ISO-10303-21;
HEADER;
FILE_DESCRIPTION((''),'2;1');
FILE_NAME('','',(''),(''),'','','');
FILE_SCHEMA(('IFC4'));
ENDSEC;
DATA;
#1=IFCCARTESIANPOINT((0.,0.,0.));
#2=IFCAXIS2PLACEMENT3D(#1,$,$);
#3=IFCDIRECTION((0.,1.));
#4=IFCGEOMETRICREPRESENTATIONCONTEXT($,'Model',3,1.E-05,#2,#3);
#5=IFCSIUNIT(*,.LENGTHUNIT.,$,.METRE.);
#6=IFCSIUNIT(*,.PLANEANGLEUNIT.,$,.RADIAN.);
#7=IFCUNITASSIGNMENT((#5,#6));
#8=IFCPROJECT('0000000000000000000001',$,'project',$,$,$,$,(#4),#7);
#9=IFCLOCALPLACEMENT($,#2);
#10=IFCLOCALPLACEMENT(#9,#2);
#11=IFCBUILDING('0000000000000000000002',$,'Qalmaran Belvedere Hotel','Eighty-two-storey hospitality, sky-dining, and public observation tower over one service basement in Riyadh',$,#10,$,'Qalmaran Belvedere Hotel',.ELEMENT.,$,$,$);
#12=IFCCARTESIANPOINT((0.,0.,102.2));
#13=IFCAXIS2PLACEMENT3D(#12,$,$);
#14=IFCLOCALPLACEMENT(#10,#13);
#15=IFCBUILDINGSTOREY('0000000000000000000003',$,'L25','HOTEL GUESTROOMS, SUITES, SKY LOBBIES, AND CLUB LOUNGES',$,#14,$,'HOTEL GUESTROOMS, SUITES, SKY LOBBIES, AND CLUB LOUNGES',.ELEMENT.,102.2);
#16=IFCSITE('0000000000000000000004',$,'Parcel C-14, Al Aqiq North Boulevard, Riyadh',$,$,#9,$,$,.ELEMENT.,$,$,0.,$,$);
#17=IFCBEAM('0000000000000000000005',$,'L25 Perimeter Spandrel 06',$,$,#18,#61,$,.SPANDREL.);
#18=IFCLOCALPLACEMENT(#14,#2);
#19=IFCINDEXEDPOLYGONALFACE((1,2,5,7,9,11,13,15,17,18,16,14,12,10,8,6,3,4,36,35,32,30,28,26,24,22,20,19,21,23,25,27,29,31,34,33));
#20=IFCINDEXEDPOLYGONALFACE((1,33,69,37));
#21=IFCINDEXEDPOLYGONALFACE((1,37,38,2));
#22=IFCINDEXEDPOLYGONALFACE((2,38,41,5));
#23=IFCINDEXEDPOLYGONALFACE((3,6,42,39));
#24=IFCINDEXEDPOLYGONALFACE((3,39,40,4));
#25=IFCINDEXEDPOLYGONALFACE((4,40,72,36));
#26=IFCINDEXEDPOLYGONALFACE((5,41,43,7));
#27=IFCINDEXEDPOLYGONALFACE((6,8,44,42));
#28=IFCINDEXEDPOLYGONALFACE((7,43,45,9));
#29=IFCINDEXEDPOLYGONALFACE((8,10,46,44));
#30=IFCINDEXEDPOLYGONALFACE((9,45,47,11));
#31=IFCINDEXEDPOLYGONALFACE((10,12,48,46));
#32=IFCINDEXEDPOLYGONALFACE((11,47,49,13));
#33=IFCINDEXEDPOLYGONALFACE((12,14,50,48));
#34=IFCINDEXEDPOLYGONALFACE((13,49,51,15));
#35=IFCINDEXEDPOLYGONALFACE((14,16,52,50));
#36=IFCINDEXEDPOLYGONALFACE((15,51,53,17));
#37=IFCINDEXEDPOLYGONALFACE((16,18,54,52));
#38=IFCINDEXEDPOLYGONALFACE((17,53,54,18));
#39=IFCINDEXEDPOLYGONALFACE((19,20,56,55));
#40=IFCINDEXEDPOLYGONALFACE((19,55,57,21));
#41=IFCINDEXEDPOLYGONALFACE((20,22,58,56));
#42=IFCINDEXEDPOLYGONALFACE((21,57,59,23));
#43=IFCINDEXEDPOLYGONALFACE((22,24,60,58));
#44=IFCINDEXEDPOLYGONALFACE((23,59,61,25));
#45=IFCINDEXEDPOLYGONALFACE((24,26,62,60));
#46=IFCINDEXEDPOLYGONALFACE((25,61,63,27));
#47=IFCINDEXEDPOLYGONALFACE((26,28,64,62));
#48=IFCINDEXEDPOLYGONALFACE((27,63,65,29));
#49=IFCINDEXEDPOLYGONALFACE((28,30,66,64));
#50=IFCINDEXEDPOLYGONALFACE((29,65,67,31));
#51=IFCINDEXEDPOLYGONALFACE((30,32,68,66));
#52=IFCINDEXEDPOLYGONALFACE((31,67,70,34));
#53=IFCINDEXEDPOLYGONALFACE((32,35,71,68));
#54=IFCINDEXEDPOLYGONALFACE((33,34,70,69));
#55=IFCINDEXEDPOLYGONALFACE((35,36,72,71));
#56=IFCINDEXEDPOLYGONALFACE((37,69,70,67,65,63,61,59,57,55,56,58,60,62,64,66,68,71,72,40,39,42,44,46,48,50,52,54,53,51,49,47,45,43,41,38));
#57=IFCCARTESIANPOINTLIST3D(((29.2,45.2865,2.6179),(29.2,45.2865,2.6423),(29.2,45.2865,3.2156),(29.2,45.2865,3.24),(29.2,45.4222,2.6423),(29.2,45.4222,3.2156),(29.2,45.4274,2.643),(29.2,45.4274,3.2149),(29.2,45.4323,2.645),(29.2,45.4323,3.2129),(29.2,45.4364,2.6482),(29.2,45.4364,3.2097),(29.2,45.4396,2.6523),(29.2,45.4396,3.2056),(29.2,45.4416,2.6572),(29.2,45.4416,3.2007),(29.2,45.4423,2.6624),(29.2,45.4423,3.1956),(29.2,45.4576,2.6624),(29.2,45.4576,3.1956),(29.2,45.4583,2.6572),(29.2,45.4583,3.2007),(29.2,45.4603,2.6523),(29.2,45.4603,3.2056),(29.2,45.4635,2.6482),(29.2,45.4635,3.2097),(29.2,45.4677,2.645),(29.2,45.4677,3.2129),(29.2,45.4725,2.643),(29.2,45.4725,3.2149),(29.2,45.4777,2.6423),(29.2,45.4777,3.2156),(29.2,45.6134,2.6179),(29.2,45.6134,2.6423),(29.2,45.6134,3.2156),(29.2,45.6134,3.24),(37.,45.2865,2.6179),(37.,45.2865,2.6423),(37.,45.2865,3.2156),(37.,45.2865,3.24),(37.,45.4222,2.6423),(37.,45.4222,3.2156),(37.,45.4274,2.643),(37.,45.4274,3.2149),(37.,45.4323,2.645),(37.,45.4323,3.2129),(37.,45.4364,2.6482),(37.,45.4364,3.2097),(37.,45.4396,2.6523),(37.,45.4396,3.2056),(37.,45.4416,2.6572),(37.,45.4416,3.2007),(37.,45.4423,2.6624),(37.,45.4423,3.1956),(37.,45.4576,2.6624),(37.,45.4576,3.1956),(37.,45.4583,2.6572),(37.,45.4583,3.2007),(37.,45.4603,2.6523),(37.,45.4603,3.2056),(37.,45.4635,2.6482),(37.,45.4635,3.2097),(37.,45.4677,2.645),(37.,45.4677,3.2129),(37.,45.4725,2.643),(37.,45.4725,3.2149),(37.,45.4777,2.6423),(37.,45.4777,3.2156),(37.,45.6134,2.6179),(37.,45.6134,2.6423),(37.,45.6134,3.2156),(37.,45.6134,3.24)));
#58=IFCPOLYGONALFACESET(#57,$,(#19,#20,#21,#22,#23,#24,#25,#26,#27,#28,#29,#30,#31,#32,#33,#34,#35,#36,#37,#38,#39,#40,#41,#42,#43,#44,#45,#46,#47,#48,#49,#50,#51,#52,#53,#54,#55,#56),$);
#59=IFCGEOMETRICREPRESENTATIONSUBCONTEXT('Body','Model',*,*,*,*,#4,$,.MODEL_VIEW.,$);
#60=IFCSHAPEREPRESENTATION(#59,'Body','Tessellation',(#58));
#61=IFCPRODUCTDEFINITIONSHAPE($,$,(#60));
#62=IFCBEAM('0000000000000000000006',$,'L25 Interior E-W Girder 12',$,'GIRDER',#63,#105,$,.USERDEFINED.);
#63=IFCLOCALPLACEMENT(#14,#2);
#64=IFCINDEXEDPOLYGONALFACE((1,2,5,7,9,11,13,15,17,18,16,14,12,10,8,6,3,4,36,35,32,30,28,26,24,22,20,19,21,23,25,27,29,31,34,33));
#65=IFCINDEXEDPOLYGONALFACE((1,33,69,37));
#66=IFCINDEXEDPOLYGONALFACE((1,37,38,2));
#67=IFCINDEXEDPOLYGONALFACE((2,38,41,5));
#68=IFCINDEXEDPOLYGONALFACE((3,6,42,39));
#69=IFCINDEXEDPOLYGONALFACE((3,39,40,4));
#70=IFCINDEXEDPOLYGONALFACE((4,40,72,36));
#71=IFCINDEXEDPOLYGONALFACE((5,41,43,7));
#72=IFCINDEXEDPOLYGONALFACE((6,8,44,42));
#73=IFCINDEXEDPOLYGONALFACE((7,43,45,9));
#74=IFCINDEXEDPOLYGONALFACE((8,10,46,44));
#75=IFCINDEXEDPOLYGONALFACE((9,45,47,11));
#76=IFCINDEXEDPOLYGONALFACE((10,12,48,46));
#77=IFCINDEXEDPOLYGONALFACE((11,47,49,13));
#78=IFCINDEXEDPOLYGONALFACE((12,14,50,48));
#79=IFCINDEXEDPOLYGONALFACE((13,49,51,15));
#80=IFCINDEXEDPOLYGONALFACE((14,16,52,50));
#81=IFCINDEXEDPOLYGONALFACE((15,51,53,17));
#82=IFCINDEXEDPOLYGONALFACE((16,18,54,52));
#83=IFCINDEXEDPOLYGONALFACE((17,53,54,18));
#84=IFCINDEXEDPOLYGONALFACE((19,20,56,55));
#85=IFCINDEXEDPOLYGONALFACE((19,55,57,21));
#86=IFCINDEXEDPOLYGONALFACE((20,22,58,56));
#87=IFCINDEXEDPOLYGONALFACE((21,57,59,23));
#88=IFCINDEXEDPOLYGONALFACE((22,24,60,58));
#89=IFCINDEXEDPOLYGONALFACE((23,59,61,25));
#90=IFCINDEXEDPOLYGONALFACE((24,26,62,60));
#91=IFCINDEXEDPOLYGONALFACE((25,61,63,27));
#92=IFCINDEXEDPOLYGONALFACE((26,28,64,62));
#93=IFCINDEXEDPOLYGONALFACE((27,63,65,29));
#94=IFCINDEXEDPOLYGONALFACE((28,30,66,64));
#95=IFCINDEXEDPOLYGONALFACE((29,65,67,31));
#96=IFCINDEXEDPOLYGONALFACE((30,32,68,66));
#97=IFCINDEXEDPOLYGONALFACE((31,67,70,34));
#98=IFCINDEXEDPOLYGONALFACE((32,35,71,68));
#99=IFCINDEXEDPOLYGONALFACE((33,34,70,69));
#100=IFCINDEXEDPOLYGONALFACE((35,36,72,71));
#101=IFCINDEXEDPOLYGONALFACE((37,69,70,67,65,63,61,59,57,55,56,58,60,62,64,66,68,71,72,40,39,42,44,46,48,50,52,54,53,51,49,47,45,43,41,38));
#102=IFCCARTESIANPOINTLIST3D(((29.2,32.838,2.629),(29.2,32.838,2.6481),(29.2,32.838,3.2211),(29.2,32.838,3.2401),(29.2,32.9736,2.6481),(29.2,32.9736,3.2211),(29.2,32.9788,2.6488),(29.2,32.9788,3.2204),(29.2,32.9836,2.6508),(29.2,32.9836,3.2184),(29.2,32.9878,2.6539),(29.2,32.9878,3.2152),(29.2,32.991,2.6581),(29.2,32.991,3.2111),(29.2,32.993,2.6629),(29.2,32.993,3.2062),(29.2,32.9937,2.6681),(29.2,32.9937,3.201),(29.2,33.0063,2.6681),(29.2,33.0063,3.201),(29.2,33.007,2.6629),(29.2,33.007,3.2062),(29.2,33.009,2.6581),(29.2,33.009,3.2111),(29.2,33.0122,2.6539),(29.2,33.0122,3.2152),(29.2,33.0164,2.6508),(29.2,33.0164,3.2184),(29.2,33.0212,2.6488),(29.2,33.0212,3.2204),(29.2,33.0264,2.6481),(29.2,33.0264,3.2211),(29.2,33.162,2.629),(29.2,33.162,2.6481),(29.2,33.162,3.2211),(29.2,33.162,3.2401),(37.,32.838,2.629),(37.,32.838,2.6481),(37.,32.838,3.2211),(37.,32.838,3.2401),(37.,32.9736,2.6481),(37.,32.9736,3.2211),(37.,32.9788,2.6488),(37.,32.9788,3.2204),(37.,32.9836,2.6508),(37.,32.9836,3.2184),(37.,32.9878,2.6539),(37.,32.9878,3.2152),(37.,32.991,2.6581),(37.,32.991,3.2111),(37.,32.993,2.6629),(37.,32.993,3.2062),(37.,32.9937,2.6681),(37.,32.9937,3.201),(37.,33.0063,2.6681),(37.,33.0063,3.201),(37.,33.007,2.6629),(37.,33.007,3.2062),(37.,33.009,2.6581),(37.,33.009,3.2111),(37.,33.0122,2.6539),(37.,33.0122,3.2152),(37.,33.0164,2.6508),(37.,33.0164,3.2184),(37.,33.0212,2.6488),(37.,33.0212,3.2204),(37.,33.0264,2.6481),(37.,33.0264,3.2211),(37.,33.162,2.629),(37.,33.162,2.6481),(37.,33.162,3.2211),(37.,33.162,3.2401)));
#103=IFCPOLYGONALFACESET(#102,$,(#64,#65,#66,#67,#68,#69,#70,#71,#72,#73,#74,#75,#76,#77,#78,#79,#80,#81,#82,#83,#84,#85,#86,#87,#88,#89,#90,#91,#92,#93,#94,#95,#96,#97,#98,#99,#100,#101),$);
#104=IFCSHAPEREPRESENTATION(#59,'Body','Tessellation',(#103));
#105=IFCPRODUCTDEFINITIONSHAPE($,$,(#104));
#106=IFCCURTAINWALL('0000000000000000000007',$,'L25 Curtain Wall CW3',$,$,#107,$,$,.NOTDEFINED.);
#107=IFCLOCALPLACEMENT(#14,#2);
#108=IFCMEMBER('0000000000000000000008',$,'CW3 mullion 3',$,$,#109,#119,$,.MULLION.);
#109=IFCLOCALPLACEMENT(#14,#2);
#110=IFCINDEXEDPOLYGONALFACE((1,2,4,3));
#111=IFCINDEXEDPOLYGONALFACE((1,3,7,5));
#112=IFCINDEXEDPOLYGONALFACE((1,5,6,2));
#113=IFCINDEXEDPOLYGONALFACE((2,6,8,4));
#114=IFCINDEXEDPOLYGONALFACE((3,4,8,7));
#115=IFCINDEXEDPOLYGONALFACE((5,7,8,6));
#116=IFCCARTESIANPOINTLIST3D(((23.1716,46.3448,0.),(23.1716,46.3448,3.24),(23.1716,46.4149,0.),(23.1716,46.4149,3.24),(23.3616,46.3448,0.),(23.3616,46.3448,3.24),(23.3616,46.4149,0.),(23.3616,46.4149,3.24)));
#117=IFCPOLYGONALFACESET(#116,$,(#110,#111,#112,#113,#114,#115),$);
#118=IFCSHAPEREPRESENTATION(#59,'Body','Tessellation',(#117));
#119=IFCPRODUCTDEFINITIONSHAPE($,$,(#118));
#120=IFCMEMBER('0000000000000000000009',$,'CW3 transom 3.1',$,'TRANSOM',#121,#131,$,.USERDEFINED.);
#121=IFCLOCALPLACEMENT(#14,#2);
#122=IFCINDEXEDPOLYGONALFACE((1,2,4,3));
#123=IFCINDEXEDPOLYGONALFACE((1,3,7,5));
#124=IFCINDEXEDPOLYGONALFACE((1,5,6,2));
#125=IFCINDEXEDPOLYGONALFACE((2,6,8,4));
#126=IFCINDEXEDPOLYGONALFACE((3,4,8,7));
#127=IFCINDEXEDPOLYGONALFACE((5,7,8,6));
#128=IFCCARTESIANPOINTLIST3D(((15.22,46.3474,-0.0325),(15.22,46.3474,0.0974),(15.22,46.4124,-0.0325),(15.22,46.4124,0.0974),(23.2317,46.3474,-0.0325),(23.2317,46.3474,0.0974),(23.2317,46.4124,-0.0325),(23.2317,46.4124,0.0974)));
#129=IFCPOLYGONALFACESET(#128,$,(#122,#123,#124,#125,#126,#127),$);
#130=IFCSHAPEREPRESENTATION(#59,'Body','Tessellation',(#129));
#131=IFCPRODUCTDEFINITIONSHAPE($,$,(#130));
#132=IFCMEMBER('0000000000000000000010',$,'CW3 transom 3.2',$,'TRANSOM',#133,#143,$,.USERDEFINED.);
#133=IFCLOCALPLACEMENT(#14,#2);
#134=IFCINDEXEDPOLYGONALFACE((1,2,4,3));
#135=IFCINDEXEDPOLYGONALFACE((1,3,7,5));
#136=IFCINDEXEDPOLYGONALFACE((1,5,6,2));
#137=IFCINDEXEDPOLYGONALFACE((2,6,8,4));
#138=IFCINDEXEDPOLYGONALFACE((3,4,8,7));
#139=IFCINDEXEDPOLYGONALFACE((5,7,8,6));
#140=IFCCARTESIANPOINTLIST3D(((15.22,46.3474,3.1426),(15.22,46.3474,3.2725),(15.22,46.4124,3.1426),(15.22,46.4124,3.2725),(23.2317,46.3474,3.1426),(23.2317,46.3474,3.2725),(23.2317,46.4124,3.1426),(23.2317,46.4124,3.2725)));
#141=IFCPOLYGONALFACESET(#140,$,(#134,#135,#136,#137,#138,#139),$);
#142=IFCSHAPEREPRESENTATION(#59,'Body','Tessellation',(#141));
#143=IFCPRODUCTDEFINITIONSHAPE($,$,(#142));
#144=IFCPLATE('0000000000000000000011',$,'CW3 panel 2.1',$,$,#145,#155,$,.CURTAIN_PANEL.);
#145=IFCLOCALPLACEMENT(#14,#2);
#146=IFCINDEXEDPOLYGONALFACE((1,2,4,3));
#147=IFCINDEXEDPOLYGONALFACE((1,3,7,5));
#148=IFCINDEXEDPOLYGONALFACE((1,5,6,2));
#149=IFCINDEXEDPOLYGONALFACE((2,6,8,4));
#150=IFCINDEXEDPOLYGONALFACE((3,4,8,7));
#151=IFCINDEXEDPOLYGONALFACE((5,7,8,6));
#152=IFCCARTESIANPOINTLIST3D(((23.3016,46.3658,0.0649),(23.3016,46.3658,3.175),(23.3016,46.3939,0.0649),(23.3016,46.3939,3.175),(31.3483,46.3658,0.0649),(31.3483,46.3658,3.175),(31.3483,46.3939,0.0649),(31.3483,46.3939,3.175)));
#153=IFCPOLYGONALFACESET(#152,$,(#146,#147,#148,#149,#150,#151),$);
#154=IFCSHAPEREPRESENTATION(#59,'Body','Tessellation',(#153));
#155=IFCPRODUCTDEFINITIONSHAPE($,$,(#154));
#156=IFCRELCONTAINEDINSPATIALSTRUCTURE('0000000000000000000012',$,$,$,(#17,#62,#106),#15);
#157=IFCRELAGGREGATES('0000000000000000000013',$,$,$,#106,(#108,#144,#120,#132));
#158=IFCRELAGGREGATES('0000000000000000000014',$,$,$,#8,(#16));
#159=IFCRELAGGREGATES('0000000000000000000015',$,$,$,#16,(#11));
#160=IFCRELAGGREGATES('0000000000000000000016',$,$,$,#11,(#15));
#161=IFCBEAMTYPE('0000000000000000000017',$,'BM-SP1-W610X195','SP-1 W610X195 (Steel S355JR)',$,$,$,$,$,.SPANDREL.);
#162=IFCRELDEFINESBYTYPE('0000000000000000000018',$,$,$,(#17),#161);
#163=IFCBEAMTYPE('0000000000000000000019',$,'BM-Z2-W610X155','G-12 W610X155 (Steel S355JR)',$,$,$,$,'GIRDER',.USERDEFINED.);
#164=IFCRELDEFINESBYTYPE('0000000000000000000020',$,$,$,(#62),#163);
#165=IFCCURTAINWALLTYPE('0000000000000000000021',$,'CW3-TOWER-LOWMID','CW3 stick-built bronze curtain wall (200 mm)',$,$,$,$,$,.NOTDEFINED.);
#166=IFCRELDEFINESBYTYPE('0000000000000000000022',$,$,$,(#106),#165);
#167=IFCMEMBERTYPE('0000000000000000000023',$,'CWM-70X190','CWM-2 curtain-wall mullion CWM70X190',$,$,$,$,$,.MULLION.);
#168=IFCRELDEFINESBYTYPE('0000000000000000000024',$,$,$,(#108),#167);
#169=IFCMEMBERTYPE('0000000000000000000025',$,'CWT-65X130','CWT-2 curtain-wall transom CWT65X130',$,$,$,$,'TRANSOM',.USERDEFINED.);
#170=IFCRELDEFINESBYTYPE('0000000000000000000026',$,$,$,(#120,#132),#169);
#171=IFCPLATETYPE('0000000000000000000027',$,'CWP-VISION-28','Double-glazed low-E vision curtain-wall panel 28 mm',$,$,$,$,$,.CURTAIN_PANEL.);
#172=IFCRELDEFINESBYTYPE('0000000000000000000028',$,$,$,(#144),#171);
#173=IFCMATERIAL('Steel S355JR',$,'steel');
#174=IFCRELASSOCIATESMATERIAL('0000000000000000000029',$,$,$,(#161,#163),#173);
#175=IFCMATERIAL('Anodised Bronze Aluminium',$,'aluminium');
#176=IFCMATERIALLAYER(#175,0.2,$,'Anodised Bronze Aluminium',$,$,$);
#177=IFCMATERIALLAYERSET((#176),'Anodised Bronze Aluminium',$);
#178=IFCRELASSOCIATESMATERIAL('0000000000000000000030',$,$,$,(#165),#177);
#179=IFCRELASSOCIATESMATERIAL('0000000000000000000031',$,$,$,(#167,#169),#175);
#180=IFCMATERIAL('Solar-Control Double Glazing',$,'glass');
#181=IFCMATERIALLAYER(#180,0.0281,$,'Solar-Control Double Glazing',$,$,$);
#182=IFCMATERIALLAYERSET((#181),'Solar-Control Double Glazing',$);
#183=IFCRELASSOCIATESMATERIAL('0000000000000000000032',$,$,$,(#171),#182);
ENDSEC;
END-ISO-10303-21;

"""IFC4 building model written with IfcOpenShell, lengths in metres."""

from ifc_helpers import new_model, si_unit, direction, frame, origin, origin_2d, place, context, subcontext, project, spatial, rectangle, i_section, extrude, material, layer, layer_set, material_profile, profile_set, type_object, element, aggregate, save


model = new_model("IFC4")

# Units and contexts
model_context = context("Model", 3, precision=1e-05, world=origin(), true_north=direction((0.0, 1.0)))
body_context = subcontext(model_context, "Body", "Model", "MODEL_VIEW")
ifc_project = project(units=[si_unit("LENGTHUNIT", "METRE"), si_unit("PLANEANGLEUNIT", "RADIAN")], contexts=[model_context])

# Site, building, storey
site_placement = place(None, origin())
site = spatial("IfcSite", under=ifc_project, at=site_placement, Name="Parcel C-14, Al Aqiq North Boulevard, Riyadh", CompositionType="ELEMENT", RefElevation=0.0)
building_placement = place(site_placement, origin())
building = spatial("IfcBuilding", under=site, at=building_placement, Name="Qalmaran Belvedere Hotel", Description="Eighty-two-storey hospitality, sky-dining, and public observation tower over one service basement in Riyadh", LongName="Qalmaran Belvedere Hotel", CompositionType="ELEMENT")
storey_placement = place(building_placement, frame((0.0, 0.0, 102.2)))
storey = spatial("IfcBuildingStorey", under=building, at=storey_placement, Name="L25", Description="HOTEL GUESTROOMS, SUITES, SKY LOBBIES, AND CLUB LOUNGES", LongName="HOTEL GUESTROOMS, SUITES, SKY LOBBIES, AND CLUB LOUNGES", CompositionType="ELEMENT", Elevation=102.2)

# Beams
ifc_material_1 = material(Name="Steel S355JR", Category="steel")
ifc_material_profile_1 = material_profile(ifc_material_1, i_section(OverallWidth=0.3269, OverallDepth=0.6221, WebThickness=0.0154, FlangeThickness=0.0244, FilletRadius=0.02, at=origin_2d()), Name="W610X195")
ifc_profile_set_1 = profile_set([ifc_material_profile_1], Name="Steel S355JR")
beam_type_1 = type_object("IfcBeamType", Name="BM-SP1-W610X195", Description="SP-1 W610X195 (Steel S355JR)", PredefinedType="SPANDREL", material=ifc_profile_set_1)
beam_1_placement = place(storey_placement, frame((29.2, 45.45, 2.929), z_axis=(1.0, 0.0, 0.0), x_axis=(0.0, 1.0, 0.0)))
element("IfcBeam", 1, at=beam_1_placement, inside=storey, type_object=beam_type_1, Name="L25 Perimeter Spandrel 06", PredefinedType="SPANDREL", context=body_context, shape_type="SweptSolid", body=[
    extrude(i_section(OverallWidth=0.3269, OverallDepth=0.6221, WebThickness=0.0154, FlangeThickness=0.0244, FilletRadius=0.02, at=origin_2d()), origin(), (0.0, 0.0, 1.0), 7.8),
])
ifc_material_profile_2 = material_profile(ifc_material_1, i_section(OverallWidth=0.324, OverallDepth=0.6111, WebThickness=0.0127, FlangeThickness=0.019, FilletRadius=0.02, at=origin_2d()), Name="W610X155")
ifc_profile_set_2 = profile_set([ifc_material_profile_2], Name="Steel S355JR")
beam_type_2 = type_object("IfcBeamType", Name="BM-Z2-W610X155", Description="G-12 W610X155 (Steel S355JR)", ElementType="GIRDER", PredefinedType="USERDEFINED", material=ifc_profile_set_2)
beam_2_placement = place(storey_placement, frame((29.2, 33.0, 2.9346), z_axis=(1.0, 0.0, 0.0), x_axis=(0.0, 1.0, 0.0)))
element("IfcBeam", 2, at=beam_2_placement, inside=storey, type_object=beam_type_2, Name="L25 Interior E-W Girder 12", ObjectType="GIRDER", PredefinedType="USERDEFINED", context=body_context, shape_type="SweptSolid", body=[
    extrude(i_section(OverallWidth=0.324, OverallDepth=0.6111, WebThickness=0.0127, FlangeThickness=0.019, FilletRadius=0.02, at=origin_2d()), origin(), (0.0, 0.0, 1.0), 7.8),
])

# Curtain wall, members, plate
ifc_material_2 = material(Name="Anodised Bronze Aluminium", Category="aluminium")
ifc_layer_1 = layer(ifc_material_2, 0.2, Name="Anodised Bronze Aluminium")
ifc_layer_set_1 = layer_set([ifc_layer_1], Name="Anodised Bronze Aluminium")
curtain_wall_type = type_object("IfcCurtainWallType", Name="CW3-TOWER-LOWMID", Description="CW3 stick-built bronze curtain wall (200 mm)", PredefinedType="NOTDEFINED", material=ifc_layer_set_1)
curtain_wall_placement = place(storey_placement, origin())
curtain_wall = element("IfcCurtainWall", 3, at=curtain_wall_placement, inside=storey, type_object=curtain_wall_type, Name="L25 Curtain Wall CW3", PredefinedType="NOTDEFINED")
ifc_material_profile_3 = material_profile(ifc_material_2, rectangle(XDim=0.0701, YDim=0.1899, at=origin_2d()), Name="CWM70X190")
ifc_profile_set_3 = profile_set([ifc_material_profile_3], Name="Anodised Bronze Aluminium")
member_type_1 = type_object("IfcMemberType", Name="CWM-70X190", Description="CWM-2 curtain-wall mullion CWM70X190", PredefinedType="MULLION", material=ifc_profile_set_3)
member_1_placement = place(storey_placement, frame((23.2666, 46.3799, 0.0), z_axis=(0.0, 0.0, 1.0), x_axis=(0.0, -1.0, 0.0)))
member_1 = element("IfcMember", 4, at=member_1_placement, type_object=member_type_1, Name="CW3 mullion 3", PredefinedType="MULLION", context=body_context, shape_type="SweptSolid", body=[
    extrude(rectangle(XDim=0.0701, YDim=0.1899, at=origin_2d()), origin(), (0.0, 0.0, 1.0), 3.24),
])
ifc_material_profile_4 = material_profile(ifc_material_2, rectangle(XDim=0.0649, YDim=0.1299, at=origin_2d()), Name="CWT65X130")
ifc_profile_set_4 = profile_set([ifc_material_profile_4], Name="Anodised Bronze Aluminium")
member_type_2 = type_object("IfcMemberType", Name="CWT-65X130", Description="CWT-2 curtain-wall transom CWT65X130", ElementType="TRANSOM", PredefinedType="USERDEFINED", material=ifc_profile_set_4)
member_2_placement = place(storey_placement, frame((23.2317, 46.3799, 0.0325), z_axis=(-1.0, 0.0, 0.0), x_axis=(0.0, -1.0, 0.0)))
member_2 = element("IfcMember", 5, at=member_2_placement, type_object=member_type_2, Name="CW3 transom 3.1", ObjectType="TRANSOM", PredefinedType="USERDEFINED", context=body_context, shape_type="SweptSolid", body=[
    extrude(rectangle(XDim=0.0649, YDim=0.1299, at=origin_2d()), origin(), (0.0, 0.0, 1.0), 8.0117),
])
member_3_placement = place(storey_placement, frame((23.2317, 46.3799, 3.2075), z_axis=(-1.0, 0.0, 0.0), x_axis=(0.0, -1.0, 0.0)))
member_3 = element("IfcMember", 6, at=member_3_placement, type_object=member_type_2, Name="CW3 transom 3.2", ObjectType="TRANSOM", PredefinedType="USERDEFINED", context=body_context, shape_type="SweptSolid", body=[
    extrude(rectangle(XDim=0.0649, YDim=0.1299, at=origin_2d()), origin(), (0.0, 0.0, 1.0), 8.0117),
])
ifc_material_3 = material(Name="Solar-Control Double Glazing", Category="glass")
ifc_layer_2 = layer(ifc_material_3, 0.0281, Name="Solar-Control Double Glazing")
ifc_layer_set_2 = layer_set([ifc_layer_2], Name="Solar-Control Double Glazing")
plate_type = type_object("IfcPlateType", Name="CWP-VISION-28", Description="Double-glazed low-E vision curtain-wall panel 28 mm", PredefinedType="CURTAIN_PANEL", material=ifc_layer_set_2)
plate_placement = place(storey_placement, frame((27.325, 46.3799, 0.0649), z_axis=(0.0, 0.0, 1.0), x_axis=(-1.0, 0.0, 0.0)))
plate = element("IfcPlate", 7, at=plate_placement, type_object=plate_type, Name="CW3 panel 2.1", PredefinedType="CURTAIN_PANEL", context=body_context, shape_type="SweptSolid", body=[
    extrude(rectangle(XDim=8.0466, YDim=0.0281, at=origin_2d()), origin(), (0.0, 0.0, 1.0), 3.1101),
])
aggregate(curtain_wall, [member_1, plate, member_2, member_3])

save(model, "model.ifc")
